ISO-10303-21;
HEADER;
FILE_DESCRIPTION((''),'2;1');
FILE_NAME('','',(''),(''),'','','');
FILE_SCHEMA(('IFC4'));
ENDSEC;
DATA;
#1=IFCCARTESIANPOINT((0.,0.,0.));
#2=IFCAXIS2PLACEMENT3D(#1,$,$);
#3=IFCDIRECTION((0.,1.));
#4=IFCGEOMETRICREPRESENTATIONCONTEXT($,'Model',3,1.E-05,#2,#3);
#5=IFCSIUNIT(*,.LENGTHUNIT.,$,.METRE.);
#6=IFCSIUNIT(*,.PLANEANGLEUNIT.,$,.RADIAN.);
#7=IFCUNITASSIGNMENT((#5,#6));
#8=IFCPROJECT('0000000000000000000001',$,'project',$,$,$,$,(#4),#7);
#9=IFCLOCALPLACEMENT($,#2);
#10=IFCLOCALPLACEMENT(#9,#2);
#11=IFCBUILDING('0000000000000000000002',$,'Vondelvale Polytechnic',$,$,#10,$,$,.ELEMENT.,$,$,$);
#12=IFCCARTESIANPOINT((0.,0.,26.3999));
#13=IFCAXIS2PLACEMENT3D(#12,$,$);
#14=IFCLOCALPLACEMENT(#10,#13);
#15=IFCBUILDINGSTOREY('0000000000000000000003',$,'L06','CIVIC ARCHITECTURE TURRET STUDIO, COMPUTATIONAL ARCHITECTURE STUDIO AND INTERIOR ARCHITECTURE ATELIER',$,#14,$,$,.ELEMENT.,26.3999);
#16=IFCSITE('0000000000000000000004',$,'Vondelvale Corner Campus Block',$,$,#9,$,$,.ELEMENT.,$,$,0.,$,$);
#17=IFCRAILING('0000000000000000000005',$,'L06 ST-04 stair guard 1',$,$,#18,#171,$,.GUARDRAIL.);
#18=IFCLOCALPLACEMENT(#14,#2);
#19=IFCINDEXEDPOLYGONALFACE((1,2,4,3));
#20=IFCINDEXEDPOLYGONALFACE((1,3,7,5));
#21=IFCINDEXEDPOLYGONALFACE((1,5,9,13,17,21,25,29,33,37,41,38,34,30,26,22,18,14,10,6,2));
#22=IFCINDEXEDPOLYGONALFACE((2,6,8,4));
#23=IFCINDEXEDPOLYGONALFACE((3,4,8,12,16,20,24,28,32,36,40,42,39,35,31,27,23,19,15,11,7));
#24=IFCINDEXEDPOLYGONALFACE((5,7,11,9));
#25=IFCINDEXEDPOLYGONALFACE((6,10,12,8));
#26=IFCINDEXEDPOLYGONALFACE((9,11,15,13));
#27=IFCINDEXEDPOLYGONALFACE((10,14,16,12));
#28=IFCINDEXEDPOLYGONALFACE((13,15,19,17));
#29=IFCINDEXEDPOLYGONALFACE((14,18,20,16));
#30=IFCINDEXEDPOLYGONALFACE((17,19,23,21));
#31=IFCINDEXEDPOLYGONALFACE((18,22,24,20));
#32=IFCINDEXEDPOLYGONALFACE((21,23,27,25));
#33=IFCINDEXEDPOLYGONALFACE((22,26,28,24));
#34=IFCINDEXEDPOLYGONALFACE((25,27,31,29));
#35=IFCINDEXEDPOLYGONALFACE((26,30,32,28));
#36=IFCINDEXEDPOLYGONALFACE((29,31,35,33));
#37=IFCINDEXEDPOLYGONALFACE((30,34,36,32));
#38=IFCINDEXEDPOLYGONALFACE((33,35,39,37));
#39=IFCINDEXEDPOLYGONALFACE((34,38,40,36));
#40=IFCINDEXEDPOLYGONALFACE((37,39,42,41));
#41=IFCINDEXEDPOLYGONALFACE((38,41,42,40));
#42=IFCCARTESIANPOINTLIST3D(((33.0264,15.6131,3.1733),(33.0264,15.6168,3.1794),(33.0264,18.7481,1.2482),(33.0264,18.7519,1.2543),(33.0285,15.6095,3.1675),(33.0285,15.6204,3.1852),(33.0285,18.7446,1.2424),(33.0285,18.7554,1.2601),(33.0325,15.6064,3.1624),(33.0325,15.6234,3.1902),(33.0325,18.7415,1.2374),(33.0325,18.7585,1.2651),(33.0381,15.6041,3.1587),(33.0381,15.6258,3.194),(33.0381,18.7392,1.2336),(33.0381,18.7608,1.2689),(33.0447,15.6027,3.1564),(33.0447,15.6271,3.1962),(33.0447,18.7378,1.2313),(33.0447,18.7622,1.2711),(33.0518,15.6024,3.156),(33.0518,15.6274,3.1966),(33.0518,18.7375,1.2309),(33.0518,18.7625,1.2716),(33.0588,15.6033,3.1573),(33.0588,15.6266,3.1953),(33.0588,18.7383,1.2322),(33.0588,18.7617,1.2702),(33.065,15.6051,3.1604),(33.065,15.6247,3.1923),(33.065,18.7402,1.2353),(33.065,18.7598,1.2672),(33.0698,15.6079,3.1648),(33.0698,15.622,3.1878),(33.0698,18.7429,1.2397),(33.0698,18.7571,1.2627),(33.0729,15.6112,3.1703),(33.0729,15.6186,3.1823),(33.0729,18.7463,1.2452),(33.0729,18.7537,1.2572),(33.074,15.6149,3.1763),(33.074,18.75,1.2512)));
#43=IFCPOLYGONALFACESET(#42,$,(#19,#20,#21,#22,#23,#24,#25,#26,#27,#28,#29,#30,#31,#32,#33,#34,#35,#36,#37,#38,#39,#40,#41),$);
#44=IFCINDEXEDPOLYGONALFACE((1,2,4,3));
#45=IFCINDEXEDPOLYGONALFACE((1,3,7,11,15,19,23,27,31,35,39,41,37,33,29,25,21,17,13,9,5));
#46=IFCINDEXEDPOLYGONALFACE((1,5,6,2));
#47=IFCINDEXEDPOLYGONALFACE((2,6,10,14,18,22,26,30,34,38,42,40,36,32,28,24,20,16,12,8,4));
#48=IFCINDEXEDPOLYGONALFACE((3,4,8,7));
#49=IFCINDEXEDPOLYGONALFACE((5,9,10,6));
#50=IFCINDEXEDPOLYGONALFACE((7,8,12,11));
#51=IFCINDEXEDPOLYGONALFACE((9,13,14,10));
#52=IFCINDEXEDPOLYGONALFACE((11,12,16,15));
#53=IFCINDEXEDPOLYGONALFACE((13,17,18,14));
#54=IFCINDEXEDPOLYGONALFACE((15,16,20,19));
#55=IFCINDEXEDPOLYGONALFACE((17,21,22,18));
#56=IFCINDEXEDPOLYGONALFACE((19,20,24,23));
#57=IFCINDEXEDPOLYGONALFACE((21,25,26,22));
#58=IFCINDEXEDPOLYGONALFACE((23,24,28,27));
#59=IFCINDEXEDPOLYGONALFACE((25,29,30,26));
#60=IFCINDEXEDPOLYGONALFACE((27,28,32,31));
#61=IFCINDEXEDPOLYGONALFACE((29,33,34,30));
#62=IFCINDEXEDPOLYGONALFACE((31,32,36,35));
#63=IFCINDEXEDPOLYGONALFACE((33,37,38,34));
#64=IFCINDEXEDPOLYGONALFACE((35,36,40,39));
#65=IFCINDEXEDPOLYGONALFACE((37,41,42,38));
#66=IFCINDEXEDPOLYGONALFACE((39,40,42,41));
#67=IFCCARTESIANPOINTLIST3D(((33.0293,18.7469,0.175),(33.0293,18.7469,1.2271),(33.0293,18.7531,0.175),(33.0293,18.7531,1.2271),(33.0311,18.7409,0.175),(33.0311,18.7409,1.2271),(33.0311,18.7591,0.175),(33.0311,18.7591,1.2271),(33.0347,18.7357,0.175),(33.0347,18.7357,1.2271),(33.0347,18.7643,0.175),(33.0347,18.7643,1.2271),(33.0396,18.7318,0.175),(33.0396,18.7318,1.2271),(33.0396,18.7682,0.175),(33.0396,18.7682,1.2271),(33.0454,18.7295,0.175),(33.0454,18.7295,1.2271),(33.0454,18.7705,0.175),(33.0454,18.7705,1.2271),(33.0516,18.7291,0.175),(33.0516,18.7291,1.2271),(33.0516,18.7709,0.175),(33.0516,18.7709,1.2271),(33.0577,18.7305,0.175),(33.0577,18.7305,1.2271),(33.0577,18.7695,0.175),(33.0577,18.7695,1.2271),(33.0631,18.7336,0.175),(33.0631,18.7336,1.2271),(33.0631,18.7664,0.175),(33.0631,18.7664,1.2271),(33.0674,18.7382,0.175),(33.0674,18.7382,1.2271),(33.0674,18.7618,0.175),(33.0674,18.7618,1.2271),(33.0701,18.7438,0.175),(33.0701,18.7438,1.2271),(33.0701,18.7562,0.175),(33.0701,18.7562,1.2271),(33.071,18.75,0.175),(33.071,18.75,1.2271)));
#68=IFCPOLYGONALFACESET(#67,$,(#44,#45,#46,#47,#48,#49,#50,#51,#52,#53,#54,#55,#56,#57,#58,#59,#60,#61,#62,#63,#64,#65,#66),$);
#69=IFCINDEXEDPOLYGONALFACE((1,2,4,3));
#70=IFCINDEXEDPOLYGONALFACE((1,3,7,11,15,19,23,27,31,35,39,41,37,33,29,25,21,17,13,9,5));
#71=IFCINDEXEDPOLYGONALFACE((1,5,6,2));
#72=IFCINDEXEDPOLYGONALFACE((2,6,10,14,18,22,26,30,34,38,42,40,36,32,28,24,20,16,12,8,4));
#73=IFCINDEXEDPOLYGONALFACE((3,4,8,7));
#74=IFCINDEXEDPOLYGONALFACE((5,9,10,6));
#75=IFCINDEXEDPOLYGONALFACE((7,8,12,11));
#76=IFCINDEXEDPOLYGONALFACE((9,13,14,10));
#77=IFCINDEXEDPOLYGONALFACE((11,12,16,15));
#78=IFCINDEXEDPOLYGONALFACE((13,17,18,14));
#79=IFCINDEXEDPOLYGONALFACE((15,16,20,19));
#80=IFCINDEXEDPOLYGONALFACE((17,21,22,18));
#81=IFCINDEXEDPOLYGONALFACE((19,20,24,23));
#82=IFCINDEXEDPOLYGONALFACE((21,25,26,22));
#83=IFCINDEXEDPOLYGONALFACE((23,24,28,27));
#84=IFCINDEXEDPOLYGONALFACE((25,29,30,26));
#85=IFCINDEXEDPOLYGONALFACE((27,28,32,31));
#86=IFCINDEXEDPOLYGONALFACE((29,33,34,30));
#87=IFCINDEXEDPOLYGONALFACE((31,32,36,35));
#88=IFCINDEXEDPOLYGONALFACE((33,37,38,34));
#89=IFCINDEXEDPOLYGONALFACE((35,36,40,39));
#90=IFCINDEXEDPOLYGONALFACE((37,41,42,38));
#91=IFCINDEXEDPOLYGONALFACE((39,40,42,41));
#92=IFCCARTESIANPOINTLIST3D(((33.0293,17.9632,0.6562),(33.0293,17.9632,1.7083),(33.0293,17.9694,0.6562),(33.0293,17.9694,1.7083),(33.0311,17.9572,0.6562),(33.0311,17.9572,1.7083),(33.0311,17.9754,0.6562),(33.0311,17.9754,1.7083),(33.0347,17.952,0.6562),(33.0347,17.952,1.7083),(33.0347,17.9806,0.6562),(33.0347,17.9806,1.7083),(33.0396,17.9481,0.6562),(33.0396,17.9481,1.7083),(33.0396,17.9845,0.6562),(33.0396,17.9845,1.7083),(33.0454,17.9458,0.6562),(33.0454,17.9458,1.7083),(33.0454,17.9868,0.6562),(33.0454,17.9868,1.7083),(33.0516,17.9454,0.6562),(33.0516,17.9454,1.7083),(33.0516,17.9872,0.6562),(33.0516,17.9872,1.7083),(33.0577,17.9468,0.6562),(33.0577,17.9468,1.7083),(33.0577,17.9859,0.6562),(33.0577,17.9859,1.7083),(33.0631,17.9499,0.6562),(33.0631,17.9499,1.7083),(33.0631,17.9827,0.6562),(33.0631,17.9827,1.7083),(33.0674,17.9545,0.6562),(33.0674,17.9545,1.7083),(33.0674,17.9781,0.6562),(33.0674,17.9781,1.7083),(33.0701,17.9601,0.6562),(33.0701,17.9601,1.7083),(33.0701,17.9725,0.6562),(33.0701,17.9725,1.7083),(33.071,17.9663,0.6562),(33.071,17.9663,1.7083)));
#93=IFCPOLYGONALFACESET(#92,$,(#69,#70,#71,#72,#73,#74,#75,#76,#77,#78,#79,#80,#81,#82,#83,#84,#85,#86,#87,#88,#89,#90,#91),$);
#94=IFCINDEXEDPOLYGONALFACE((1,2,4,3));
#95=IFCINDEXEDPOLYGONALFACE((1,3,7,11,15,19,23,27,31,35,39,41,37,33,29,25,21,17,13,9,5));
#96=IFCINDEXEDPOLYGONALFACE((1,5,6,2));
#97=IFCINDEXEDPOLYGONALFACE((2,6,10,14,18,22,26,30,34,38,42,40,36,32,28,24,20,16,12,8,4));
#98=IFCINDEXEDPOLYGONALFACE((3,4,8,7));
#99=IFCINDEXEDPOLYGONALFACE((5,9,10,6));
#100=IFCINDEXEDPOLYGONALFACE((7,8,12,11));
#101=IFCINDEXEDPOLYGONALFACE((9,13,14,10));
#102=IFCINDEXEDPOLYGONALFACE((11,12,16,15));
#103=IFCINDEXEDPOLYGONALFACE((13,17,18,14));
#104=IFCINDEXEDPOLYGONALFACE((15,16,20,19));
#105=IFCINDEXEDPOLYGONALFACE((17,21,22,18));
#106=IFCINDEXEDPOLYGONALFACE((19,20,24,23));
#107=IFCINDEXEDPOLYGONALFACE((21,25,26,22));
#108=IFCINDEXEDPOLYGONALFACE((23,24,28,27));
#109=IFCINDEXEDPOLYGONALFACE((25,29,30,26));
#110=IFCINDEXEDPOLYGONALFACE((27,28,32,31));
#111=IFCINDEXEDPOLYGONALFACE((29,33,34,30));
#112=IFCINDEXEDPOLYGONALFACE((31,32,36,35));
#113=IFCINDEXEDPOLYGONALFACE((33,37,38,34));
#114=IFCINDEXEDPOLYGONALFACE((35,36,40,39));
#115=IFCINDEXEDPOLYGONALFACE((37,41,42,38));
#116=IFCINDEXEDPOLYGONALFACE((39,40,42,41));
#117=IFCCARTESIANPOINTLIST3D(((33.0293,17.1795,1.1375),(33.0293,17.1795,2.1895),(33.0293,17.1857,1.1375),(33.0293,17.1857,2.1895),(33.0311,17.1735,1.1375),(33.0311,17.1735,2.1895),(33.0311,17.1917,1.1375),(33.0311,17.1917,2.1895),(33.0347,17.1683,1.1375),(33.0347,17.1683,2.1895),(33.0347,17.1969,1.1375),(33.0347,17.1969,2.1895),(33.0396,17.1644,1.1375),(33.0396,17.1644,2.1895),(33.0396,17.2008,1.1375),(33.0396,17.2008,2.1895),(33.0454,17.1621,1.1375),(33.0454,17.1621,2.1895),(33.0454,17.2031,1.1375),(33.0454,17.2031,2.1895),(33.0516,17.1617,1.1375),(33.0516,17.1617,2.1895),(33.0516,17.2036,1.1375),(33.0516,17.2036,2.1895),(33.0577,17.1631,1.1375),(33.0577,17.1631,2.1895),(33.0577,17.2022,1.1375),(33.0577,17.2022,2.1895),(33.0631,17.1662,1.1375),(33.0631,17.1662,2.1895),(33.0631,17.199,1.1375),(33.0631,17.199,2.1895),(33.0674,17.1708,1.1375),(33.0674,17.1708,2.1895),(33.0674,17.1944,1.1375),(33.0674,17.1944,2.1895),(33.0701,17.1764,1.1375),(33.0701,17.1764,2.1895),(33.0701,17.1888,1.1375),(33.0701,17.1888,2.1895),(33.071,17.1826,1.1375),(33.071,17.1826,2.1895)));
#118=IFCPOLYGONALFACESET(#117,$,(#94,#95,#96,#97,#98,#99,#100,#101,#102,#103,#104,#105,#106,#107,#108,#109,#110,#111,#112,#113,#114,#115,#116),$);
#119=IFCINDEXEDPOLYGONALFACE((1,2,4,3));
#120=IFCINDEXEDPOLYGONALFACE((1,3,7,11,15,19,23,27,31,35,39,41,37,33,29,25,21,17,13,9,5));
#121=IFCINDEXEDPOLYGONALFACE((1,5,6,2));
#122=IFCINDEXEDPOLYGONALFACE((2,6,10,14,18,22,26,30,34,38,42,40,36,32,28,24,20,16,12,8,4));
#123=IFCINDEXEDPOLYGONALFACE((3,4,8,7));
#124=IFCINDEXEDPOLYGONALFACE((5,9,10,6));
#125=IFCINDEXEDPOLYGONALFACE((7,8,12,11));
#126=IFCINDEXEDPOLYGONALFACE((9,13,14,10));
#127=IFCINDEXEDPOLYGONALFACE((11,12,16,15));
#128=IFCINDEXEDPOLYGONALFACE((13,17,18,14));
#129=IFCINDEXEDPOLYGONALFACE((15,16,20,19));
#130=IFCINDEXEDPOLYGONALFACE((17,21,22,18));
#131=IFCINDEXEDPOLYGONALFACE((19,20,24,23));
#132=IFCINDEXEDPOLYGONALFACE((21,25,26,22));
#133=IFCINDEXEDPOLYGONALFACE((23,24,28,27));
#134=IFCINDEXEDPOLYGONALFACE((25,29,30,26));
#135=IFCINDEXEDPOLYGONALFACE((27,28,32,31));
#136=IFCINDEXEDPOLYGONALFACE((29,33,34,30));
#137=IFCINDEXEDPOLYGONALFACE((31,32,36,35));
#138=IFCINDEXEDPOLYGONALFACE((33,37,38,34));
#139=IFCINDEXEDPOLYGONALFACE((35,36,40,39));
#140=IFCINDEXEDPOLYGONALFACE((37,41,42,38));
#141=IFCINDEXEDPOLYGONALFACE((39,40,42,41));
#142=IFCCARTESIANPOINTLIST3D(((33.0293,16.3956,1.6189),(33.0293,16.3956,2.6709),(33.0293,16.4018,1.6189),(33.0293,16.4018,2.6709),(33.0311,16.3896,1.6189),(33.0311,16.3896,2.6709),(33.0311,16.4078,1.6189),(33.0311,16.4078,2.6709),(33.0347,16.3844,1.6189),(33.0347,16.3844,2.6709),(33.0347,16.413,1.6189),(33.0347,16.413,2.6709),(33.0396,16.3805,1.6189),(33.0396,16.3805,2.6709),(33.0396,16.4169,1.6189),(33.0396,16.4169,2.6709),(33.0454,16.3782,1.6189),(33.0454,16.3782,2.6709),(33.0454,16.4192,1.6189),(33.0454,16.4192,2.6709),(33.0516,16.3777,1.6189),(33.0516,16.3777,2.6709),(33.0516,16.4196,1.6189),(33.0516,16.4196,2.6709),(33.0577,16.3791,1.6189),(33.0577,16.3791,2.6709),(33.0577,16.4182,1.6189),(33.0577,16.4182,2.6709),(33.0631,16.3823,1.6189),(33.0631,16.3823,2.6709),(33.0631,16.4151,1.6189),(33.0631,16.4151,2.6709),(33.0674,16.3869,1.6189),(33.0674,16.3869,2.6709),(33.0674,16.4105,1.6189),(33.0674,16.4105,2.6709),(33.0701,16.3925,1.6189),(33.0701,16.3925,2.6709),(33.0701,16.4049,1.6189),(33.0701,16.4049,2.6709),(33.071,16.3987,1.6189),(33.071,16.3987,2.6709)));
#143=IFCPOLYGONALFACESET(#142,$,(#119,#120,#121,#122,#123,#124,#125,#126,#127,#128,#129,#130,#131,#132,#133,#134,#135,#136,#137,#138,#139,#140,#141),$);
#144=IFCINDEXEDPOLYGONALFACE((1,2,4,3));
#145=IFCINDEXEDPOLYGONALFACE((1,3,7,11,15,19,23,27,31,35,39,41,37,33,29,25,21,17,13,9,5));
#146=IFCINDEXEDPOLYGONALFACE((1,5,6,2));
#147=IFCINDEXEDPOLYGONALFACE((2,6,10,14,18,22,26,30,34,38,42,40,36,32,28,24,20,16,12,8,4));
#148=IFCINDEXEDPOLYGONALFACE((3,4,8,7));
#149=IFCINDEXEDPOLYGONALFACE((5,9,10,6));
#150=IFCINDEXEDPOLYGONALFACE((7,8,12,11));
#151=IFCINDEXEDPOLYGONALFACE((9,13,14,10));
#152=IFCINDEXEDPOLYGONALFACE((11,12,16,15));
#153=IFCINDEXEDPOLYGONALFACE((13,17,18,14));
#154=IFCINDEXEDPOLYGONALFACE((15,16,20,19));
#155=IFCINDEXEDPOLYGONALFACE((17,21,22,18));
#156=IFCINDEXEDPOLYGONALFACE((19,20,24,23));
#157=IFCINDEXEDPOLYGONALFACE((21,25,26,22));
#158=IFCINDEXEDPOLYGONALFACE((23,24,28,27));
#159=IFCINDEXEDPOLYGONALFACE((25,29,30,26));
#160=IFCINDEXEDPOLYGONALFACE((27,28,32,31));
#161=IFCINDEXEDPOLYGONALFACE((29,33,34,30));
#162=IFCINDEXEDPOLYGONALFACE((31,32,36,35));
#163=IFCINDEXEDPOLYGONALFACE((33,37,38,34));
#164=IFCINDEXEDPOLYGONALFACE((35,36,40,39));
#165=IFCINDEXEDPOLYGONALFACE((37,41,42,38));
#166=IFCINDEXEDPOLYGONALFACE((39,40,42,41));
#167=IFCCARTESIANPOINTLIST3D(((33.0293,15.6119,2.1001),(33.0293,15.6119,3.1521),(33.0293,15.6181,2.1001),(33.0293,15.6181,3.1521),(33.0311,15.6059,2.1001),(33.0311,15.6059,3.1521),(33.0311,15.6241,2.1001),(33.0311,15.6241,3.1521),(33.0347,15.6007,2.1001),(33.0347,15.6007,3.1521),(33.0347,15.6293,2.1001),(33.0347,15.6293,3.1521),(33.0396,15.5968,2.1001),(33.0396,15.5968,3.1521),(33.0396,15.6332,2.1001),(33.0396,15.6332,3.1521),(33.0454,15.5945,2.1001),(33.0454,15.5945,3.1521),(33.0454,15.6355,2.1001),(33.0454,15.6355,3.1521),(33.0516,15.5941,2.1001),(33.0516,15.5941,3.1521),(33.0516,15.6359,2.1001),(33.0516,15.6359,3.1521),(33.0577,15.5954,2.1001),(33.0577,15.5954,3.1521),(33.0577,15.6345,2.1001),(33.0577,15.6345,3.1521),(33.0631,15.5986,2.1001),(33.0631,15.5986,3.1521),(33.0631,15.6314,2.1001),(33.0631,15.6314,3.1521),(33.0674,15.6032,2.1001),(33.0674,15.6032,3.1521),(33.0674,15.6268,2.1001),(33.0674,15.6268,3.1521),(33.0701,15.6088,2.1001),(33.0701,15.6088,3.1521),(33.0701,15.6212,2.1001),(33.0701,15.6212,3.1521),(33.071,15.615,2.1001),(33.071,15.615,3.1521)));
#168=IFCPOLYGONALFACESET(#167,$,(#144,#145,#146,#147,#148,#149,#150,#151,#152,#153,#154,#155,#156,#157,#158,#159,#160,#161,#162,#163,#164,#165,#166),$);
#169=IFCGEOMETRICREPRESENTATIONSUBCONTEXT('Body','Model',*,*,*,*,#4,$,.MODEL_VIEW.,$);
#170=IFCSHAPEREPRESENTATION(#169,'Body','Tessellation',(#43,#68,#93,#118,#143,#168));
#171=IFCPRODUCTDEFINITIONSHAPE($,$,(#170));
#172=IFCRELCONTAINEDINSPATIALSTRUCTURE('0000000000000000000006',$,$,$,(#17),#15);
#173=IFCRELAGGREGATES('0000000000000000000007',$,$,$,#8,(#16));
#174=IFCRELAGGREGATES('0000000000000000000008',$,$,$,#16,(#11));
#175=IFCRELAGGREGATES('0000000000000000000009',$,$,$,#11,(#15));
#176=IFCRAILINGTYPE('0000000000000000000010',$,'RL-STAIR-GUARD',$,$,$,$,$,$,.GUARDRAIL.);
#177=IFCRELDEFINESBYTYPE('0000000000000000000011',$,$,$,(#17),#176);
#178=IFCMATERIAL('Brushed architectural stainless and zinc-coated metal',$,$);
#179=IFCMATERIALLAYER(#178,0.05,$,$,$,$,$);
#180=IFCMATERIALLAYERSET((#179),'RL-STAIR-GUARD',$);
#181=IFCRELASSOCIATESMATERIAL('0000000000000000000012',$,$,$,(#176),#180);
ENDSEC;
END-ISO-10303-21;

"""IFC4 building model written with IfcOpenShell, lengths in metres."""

from ifc_helpers import new_model, si_unit, direction, frame, origin, origin_2d, place, context, subcontext, project, spatial, circle, extrude, material, layer, layer_set, type_object, element, save


model = new_model("IFC4")

# Units and contexts
model_context = context("Model", 3, precision=1e-05, world=origin(), true_north=direction((0.0, 1.0)))
body_context = subcontext(model_context, "Body", "Model", "MODEL_VIEW")
ifc_project = project(units=[si_unit("LENGTHUNIT", "METRE"), si_unit("PLANEANGLEUNIT", "RADIAN")], contexts=[model_context])

# Site, building, storey
site_placement = place(None, origin())
site = spatial("IfcSite", under=ifc_project, at=site_placement, Name="Vondelvale Corner Campus Block", CompositionType="ELEMENT", RefElevation=0.0)
building_placement = place(site_placement, origin())
building = spatial("IfcBuilding", under=site, at=building_placement, Name="Vondelvale Polytechnic", CompositionType="ELEMENT")
storey_placement = place(building_placement, frame((0.0, 0.0, 26.3999)))
storey = spatial("IfcBuildingStorey", under=building, at=storey_placement, Name="L06", Description="CIVIC ARCHITECTURE TURRET STUDIO, COMPUTATIONAL ARCHITECTURE STUDIO AND INTERIOR ARCHITECTURE ATELIER", CompositionType="ELEMENT", Elevation=26.3999)

# Shared definitions
ifc_material_1 = material(Name="Brushed architectural stainless and zinc-coated metal")

# Railing
ifc_layer_1 = layer(ifc_material_1, 0.05)
ifc_layer_set_1 = layer_set([ifc_layer_1], Name="RL-STAIR-GUARD")
railing_type_1 = type_object("IfcRailingType", Name="RL-STAIR-GUARD", PredefinedType="GUARDRAIL", material=ifc_layer_set_1)
railing_1_placement = place(storey_placement, frame((33.05, 18.75, 0.175)))
element("IfcRailing", 1, at=railing_1_placement, inside=storey, type_object=railing_type_1, Name="L06 ST-04 stair guard 1", PredefinedType="GUARDRAIL", context=body_context, shape_type="SweptSolid", body=[
    extrude(circle(Radius=0.0239, at=origin_2d()), frame((0.0, 0.0, 1.0762), z_axis=(0.0, -0.852166, 0.523271), x_axis=(1.0, 0.0, 0.0)), (0.0, 0.0, 1.0), 3.679),
    extrude(circle(Radius=0.021, at=origin_2d()), origin(), (0.0, 0.0, 1.0), 1.052),
    extrude(circle(Radius=0.021, at=origin_2d()), frame((0.0, -0.7837, 0.4812)), (0.0, 0.0, 1.0), 1.052),
    extrude(circle(Radius=0.021, at=origin_2d()), frame((0.0, -1.5674, 0.9624)), (0.0, 0.0, 1.0), 1.052),
    extrude(circle(Radius=0.021, at=origin_2d()), frame((0.0, -2.3513, 1.4438)), (0.0, 0.0, 1.0), 1.052),
    extrude(circle(Radius=0.021, at=origin_2d()), frame((0.0, -3.135, 1.925)), (0.0, 0.0, 1.0), 1.052),
])

save(model, "model.ifc")
